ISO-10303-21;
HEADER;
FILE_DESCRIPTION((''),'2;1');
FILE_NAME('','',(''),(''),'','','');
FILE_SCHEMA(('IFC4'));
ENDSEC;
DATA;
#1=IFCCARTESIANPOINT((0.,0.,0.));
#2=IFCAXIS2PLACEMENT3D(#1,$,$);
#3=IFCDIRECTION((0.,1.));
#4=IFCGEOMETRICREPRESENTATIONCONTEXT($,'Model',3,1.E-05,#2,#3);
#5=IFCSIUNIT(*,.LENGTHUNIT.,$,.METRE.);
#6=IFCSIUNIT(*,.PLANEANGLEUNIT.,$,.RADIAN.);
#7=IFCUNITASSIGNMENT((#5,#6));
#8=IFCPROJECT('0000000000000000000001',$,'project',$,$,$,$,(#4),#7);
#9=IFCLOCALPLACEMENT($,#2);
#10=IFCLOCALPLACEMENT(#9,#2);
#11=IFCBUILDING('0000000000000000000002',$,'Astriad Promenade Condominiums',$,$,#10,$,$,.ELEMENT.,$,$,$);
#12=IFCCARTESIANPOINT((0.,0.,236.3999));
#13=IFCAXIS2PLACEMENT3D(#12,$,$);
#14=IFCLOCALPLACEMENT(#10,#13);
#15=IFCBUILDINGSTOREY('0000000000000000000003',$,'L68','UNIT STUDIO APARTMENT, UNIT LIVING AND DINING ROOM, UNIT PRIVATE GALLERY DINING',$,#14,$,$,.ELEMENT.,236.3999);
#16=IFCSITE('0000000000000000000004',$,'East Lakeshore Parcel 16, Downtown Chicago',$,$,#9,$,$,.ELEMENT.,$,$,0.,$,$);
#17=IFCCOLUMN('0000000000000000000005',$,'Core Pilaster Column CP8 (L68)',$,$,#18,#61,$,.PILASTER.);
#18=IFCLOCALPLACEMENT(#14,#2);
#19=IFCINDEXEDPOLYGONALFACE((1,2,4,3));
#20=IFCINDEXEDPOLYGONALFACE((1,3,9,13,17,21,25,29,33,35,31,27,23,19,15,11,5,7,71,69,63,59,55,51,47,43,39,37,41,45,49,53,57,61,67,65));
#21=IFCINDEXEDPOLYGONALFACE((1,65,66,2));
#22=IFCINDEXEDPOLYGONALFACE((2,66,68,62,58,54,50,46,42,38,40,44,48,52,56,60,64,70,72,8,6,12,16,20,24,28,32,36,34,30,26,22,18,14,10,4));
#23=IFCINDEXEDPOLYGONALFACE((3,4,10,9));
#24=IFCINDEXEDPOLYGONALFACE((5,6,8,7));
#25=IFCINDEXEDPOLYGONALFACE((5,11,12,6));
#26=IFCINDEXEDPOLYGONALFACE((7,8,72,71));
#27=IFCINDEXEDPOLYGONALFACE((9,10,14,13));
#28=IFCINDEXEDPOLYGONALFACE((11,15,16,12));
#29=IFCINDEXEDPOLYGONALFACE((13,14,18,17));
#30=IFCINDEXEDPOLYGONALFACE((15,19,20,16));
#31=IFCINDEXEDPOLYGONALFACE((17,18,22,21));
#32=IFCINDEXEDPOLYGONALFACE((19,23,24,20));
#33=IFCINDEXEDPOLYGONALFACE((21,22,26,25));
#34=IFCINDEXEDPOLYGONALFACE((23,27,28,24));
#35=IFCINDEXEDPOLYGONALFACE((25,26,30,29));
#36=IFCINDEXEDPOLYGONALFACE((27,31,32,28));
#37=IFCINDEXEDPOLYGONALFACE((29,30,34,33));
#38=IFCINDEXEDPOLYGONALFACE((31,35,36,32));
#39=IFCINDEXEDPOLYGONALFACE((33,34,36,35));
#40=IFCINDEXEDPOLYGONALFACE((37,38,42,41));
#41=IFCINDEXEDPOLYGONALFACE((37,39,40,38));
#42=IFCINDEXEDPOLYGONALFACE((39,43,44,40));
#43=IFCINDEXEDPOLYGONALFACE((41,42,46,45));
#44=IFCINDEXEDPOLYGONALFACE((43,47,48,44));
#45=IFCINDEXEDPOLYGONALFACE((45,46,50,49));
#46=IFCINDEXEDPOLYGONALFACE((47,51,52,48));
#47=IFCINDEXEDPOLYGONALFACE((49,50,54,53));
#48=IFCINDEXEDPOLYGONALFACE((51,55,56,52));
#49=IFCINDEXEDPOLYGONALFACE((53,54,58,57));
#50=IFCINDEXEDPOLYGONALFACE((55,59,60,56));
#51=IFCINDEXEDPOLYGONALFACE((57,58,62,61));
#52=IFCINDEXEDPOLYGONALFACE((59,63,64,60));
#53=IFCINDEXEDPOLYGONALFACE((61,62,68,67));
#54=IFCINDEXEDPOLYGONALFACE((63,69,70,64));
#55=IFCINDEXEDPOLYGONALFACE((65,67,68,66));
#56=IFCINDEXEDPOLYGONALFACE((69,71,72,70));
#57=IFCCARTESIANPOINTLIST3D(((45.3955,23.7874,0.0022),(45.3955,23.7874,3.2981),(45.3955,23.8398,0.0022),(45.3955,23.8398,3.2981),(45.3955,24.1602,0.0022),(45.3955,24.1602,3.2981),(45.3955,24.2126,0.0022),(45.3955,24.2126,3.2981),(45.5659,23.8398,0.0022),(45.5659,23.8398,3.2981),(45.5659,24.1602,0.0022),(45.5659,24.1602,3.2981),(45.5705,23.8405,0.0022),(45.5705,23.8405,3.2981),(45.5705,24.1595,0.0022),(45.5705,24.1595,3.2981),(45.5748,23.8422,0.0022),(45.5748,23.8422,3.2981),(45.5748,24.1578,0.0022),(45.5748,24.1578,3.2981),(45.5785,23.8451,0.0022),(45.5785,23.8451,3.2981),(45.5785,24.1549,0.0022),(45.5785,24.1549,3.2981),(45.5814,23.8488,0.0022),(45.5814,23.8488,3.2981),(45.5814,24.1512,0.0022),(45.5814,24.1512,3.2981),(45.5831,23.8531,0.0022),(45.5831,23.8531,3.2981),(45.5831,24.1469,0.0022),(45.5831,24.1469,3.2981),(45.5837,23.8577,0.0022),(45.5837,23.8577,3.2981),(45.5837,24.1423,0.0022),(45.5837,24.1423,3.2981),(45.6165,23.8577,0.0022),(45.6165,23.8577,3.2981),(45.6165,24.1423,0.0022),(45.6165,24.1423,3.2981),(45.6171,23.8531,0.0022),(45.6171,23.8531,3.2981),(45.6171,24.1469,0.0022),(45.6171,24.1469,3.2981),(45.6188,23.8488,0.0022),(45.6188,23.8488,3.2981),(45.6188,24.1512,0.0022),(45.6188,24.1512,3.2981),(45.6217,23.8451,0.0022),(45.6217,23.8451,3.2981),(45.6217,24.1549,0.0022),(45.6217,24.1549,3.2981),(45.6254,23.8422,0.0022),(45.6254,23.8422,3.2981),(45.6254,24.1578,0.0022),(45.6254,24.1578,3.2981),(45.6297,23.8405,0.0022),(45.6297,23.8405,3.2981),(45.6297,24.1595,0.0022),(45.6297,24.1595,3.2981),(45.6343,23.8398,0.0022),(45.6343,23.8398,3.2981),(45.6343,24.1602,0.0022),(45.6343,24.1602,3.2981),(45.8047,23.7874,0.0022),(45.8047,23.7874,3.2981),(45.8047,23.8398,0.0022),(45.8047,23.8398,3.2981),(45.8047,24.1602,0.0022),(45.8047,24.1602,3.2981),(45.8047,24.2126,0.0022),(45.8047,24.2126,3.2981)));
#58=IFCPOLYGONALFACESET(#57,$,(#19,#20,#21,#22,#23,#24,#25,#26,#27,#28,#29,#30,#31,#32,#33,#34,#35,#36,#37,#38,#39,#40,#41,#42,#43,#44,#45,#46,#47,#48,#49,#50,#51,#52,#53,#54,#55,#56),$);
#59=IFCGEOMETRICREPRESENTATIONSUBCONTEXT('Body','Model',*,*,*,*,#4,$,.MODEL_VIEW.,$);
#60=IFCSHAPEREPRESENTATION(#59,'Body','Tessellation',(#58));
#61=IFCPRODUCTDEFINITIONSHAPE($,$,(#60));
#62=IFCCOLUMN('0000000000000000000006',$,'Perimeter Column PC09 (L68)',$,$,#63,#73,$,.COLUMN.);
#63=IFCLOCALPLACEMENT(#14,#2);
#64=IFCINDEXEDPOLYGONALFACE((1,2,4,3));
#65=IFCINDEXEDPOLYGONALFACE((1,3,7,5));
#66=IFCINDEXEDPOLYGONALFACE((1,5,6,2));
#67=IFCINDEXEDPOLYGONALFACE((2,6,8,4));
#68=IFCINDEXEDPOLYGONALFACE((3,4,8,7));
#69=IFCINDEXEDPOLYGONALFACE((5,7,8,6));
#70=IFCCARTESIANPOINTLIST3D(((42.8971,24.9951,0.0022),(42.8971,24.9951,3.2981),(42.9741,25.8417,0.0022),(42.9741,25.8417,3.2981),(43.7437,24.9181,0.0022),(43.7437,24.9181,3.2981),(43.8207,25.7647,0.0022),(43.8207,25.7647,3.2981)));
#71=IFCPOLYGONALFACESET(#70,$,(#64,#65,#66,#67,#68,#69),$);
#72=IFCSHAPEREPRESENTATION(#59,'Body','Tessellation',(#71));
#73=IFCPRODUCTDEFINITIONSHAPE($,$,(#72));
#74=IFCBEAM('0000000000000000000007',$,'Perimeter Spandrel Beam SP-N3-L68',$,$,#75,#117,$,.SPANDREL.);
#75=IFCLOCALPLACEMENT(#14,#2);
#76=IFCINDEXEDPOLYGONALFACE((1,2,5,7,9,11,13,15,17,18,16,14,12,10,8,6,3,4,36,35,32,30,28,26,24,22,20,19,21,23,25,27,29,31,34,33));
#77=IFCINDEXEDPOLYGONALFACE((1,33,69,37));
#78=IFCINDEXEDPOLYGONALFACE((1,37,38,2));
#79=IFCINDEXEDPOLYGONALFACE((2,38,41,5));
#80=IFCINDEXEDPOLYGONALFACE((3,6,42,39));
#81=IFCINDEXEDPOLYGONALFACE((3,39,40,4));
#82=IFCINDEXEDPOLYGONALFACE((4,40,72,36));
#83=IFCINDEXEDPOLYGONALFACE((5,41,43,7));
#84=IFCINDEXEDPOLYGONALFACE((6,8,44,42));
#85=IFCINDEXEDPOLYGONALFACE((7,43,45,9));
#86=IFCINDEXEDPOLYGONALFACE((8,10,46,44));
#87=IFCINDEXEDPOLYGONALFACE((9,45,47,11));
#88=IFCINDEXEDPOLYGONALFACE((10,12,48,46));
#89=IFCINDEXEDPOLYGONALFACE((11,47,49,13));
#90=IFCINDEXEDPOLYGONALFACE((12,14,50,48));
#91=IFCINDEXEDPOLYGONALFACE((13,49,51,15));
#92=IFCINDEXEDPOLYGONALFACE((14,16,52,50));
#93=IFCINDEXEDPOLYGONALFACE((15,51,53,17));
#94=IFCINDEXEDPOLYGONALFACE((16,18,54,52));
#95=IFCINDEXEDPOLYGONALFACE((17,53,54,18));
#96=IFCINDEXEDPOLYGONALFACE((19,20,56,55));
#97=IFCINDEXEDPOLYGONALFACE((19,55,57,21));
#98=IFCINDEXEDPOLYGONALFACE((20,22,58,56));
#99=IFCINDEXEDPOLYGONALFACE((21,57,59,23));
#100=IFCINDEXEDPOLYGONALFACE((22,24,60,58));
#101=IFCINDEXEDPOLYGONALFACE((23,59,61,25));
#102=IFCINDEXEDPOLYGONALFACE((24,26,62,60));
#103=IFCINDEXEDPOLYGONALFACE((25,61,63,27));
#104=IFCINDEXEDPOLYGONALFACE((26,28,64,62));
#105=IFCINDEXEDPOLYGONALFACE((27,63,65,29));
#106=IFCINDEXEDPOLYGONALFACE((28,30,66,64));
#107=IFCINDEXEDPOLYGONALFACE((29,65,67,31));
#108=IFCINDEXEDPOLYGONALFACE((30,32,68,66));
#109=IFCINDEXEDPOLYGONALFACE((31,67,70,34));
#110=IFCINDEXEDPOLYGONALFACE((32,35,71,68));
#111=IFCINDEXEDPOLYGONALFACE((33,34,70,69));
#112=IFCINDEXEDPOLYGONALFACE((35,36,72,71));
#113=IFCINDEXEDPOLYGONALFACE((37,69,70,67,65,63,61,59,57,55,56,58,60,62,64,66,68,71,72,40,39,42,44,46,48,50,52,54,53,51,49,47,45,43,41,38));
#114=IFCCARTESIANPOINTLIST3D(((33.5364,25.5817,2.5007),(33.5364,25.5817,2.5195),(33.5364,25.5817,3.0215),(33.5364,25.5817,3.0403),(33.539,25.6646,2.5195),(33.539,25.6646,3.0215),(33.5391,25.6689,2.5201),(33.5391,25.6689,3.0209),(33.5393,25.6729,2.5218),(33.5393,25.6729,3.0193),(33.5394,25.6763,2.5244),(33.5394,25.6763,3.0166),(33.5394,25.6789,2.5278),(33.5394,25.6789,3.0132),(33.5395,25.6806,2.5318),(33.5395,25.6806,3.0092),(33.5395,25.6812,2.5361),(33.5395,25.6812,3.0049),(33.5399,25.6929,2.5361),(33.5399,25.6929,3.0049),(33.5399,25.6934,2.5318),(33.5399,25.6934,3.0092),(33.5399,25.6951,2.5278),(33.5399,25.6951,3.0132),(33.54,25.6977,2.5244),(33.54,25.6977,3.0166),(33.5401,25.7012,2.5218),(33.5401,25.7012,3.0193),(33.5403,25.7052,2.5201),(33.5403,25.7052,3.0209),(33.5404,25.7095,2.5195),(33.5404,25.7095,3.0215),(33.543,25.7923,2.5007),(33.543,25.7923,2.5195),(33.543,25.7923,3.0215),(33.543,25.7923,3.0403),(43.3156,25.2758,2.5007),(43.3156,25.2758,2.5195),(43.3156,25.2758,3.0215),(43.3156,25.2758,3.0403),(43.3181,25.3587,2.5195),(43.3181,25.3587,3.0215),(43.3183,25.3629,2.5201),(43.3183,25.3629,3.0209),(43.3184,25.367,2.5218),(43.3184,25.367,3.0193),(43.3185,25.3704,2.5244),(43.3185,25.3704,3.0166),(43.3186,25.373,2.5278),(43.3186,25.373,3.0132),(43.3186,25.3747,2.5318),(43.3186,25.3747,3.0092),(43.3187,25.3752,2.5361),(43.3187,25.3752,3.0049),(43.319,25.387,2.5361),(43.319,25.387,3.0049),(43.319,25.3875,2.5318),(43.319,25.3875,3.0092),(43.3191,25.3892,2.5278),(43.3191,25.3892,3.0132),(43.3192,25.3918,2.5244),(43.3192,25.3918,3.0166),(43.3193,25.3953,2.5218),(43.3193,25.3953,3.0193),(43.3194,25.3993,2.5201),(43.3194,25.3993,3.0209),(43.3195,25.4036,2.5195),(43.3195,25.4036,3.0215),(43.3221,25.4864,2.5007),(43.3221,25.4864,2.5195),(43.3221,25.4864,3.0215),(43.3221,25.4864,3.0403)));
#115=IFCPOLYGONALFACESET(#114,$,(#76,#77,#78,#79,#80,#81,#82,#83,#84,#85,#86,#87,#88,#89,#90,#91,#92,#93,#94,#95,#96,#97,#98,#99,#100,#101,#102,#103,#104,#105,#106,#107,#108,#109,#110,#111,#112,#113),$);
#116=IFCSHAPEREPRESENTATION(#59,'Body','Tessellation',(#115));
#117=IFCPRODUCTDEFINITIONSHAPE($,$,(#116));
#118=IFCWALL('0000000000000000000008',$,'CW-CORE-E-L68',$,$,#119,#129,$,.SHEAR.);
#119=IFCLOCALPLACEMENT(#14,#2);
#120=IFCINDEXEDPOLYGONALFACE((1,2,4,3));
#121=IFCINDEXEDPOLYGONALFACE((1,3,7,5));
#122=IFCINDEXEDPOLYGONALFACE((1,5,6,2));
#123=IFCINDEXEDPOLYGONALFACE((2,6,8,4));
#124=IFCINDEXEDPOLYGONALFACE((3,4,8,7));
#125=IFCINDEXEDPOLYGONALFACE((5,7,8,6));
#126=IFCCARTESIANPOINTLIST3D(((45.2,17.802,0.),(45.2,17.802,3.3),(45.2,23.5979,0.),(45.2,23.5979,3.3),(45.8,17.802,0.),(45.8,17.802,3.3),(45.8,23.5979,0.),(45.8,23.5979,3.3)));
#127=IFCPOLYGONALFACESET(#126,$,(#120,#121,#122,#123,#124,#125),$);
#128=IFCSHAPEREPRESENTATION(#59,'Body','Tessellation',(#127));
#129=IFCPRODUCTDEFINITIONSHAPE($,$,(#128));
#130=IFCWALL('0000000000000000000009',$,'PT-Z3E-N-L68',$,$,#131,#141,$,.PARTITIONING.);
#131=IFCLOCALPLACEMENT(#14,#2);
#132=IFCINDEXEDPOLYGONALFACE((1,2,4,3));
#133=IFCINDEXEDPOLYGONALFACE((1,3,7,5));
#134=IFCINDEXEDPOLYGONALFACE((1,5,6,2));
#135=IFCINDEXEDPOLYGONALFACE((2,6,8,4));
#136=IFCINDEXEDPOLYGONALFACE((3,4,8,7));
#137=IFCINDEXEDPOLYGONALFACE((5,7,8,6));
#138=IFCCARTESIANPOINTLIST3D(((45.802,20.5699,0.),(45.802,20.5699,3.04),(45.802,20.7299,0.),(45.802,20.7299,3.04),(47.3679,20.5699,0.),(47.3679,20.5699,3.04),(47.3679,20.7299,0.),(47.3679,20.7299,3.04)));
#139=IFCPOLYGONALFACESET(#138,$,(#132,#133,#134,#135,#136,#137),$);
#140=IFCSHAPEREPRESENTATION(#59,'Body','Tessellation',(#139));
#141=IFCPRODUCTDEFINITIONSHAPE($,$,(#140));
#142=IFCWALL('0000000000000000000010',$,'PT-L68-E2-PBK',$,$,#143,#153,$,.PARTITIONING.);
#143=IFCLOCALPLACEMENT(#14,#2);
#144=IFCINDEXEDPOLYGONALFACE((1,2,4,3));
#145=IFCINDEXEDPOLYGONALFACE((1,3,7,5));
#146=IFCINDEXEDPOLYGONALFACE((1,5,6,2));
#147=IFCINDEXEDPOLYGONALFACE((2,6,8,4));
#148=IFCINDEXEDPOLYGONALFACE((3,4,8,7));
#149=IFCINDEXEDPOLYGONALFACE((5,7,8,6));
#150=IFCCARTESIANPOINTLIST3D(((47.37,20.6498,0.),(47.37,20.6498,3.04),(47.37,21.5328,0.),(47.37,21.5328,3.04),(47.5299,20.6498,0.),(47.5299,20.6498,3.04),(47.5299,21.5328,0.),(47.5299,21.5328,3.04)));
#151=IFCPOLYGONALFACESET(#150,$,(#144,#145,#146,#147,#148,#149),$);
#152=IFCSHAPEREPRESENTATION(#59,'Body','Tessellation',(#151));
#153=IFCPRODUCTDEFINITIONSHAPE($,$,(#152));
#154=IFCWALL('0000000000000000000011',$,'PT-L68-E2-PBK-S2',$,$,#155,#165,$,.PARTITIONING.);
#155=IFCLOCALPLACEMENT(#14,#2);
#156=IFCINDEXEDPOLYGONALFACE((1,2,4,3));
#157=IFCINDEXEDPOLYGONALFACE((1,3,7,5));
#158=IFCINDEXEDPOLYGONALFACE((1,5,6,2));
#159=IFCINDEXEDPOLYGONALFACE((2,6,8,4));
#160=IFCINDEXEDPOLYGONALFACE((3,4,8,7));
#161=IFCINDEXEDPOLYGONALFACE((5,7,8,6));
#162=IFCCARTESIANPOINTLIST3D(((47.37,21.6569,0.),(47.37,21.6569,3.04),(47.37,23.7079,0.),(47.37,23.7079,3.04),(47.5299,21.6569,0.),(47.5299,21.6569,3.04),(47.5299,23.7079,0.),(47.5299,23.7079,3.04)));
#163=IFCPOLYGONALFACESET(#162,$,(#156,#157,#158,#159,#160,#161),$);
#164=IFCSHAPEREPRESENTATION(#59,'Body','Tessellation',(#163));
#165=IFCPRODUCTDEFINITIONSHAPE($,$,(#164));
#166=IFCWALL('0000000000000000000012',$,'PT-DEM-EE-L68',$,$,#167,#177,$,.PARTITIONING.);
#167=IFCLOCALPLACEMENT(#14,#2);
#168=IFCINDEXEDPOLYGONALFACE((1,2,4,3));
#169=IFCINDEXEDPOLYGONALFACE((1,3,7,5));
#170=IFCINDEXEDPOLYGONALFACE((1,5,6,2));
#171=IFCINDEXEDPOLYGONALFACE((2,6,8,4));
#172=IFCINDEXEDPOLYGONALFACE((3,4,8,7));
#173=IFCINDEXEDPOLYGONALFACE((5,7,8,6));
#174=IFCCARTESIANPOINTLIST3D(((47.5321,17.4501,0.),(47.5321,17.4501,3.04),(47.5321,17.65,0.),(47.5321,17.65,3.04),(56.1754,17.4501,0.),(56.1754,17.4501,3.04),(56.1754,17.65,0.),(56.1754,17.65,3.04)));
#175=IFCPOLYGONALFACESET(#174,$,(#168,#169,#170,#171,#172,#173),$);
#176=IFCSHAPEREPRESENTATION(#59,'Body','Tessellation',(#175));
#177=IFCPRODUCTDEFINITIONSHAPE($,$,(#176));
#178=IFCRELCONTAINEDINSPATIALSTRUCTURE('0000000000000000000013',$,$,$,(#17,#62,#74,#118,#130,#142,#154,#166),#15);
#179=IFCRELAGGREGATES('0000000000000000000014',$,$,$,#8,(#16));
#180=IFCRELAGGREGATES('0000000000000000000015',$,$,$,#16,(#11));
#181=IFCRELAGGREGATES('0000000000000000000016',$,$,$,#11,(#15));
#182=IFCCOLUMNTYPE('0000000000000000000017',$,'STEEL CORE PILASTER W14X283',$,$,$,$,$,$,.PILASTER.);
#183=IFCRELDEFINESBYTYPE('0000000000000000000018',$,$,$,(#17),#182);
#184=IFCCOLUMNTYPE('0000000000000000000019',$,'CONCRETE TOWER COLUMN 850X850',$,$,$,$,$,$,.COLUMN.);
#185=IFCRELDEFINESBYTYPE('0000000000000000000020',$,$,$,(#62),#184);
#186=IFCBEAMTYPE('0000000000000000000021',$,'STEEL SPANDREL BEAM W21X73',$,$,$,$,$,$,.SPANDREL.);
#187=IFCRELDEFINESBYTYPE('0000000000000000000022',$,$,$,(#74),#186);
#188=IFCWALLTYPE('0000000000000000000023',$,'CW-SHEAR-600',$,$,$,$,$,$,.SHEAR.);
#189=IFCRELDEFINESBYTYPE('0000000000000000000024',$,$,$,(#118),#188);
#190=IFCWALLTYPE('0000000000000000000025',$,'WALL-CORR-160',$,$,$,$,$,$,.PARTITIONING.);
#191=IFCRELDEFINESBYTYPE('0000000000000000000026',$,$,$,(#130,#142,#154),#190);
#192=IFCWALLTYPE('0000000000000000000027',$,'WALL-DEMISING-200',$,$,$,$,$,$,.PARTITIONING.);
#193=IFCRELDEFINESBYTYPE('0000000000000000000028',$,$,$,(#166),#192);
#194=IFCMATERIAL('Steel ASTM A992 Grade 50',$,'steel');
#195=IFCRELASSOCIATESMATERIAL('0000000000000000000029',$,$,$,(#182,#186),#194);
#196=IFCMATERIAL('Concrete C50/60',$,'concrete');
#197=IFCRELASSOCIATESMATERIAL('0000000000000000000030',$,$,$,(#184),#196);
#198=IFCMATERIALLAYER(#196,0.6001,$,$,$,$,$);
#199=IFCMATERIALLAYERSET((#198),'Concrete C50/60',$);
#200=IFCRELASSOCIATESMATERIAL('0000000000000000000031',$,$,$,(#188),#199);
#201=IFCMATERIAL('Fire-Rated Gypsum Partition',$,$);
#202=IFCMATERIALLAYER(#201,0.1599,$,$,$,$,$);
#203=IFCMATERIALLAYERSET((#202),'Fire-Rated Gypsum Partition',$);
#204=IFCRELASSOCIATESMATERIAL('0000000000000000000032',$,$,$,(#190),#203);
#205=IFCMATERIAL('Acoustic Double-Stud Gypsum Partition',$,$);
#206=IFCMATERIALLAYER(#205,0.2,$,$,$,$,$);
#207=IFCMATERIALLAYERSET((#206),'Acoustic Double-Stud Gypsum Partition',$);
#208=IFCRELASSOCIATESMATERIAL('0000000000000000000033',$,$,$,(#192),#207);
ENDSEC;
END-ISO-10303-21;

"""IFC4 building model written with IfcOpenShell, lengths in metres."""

from ifc_helpers import new_model, si_unit, direction, frame, frame_2d, origin, origin_2d, place, context, subcontext, project, spatial, rectangle, i_section, extrude, source, transform, mapped, material, layer, layer_set, material_profile, profile_set, type_object, type_shapes, element, save


model = new_model("IFC4")

# Units and contexts
model_context = context("Model", 3, precision=1e-05, world=origin(), true_north=direction((0.0, 1.0)))
body_context = subcontext(model_context, "Body", "Model", "MODEL_VIEW")
ifc_project = project(units=[si_unit("LENGTHUNIT", "METRE"), si_unit("PLANEANGLEUNIT", "RADIAN")], contexts=[model_context])

# Site, building, storey
site_placement = place(None, origin())
site = spatial("IfcSite", under=ifc_project, at=site_placement, Name="East Lakeshore Parcel 16, Downtown Chicago", CompositionType="ELEMENT", RefElevation=0.0)
building_placement = place(site_placement, origin())
building = spatial("IfcBuilding", under=site, at=building_placement, Name="Astriad Promenade Condominiums", CompositionType="ELEMENT")
storey_placement = place(building_placement, frame((0.0, 0.0, 236.3999)))
storey = spatial("IfcBuildingStorey", under=building, at=storey_placement, Name="L68", Description="UNIT STUDIO APARTMENT, UNIT LIVING AND DINING ROOM, UNIT PRIVATE GALLERY DINING", CompositionType="ELEMENT", Elevation=236.3999)

# Columns
ifc_material_1 = material(Name="Steel ASTM A992 Grade 50", Category="steel")
ifc_material_profile_1 = material_profile(ifc_material_1, i_section(OverallWidth=0.4092, OverallDepth=0.4253, WebThickness=0.0327, FlangeThickness=0.0525, FilletRadius=0.0178, at=origin_2d()), Name="W14X283")
ifc_profile_set_1 = profile_set([ifc_material_profile_1], Name="Steel ASTM A992 Grade 50")
column_type_1 = type_object("IfcColumnType", Name="STEEL CORE PILASTER W14X283", PredefinedType="PILASTER", material=ifc_profile_set_1)
shared_shape_1 = source(origin(), body_context, "Body", "SweptSolid", [
    extrude(i_section(OverallWidth=0.4092, OverallDepth=0.4253, WebThickness=0.0327, FlangeThickness=0.0525, FilletRadius=0.0178, at=origin_2d()), origin(), (0.0, 0.0, 1.0), 3.2959),
])
type_shapes(column_type_1, [shared_shape_1])
column_1_placement = place(storey_placement, frame((45.6001, 24.0, 0.0022), z_axis=(0.0, 0.0, 1.0), x_axis=(1.0, 0.0, 0.0)))
element("IfcColumn", 1, at=column_1_placement, inside=storey, type_object=column_type_1, Name="Core Pilaster Column CP8 (L68)", PredefinedType="PILASTER", context=body_context, shape_type="MappedRepresentation", body=[
    mapped(shared_shape_1, transform((0.0, 0.0, 0.0), scale=1.0)),
])
ifc_material_2 = material(Name="Concrete C50/60", Category="concrete")
ifc_material_profile_2 = material_profile(ifc_material_2, rectangle(XDim=0.8501, YDim=0.8501, at=origin_2d()), Name="RC-COL-850X850")
ifc_profile_set_2 = profile_set([ifc_material_profile_2], Name="Concrete C50/60")
column_type_2 = type_object("IfcColumnType", Name="CONCRETE TOWER COLUMN 850X850", PredefinedType="COLUMN", material=ifc_profile_set_2)
shared_shape_2 = source(origin(), body_context, "Body", "SweptSolid", [
    extrude(rectangle(XDim=0.8501, YDim=0.8501, at=origin_2d()), origin(), (0.0, 0.0, 1.0), 3.2959),
])
type_shapes(column_type_2, [shared_shape_2])
column_2_placement = place(storey_placement, frame((43.3589, 25.3799, 0.0022), z_axis=(0.0, 0.0, 1.0), x_axis=(0.995884, -0.090633, 0.0)))
element("IfcColumn", 2, at=column_2_placement, inside=storey, type_object=column_type_2, Name="Perimeter Column PC09 (L68)", PredefinedType="COLUMN", context=body_context, shape_type="MappedRepresentation", body=[
    mapped(shared_shape_2, transform((0.0, 0.0, 0.0), scale=1.0)),
])

# Beam
ifc_material_profile_3 = material_profile(ifc_material_1, i_section(OverallWidth=0.2107, OverallDepth=0.5396, WebThickness=0.0117, FlangeThickness=0.0188, FilletRadius=0.0166, at=origin_2d()), Name="W21X73")
ifc_profile_set_3 = profile_set([ifc_material_profile_3], Name="Steel ASTM A992 Grade 50")
beam_type = type_object("IfcBeamType", Name="STEEL SPANDREL BEAM W21X73", PredefinedType="SPANDREL", material=ifc_profile_set_3)
shared_shape_3 = source(origin(), body_context, "Body", "SweptSolid", [
    extrude(i_section(OverallWidth=0.2107, OverallDepth=0.5396, WebThickness=0.0117, FlangeThickness=0.0188, FilletRadius=0.0166, at=origin_2d()), origin(), (0.0, 0.0, 1.0), 9.7839),
])
type_shapes(beam_type, [shared_shape_3])
beam_placement = place(storey_placement, frame((43.3188, 25.3811, 2.7705), z_axis=(-0.999511, 0.031267, 0.0), x_axis=(-0.031267, -0.999511, 0.0)))
element("IfcBeam", 3, at=beam_placement, inside=storey, type_object=beam_type, Name="Perimeter Spandrel Beam SP-N3-L68", PredefinedType="SPANDREL", context=body_context, shape_type="MappedRepresentation", body=[
    mapped(shared_shape_3, transform((0.0, 0.0, 0.0), scale=1.0)),
])

# Walls
ifc_layer_1 = layer(ifc_material_2, 0.6001)
ifc_layer_set_1 = layer_set([ifc_layer_1], Name="Concrete C50/60")
wall_type_1 = type_object("IfcWallType", Name="CW-SHEAR-600", PredefinedType="SHEAR", material=ifc_layer_set_1)
wall_1_placement = place(storey_placement, frame((45.5, 17.802, 0.0), z_axis=(0.0, 0.0, 1.0), x_axis=(0.0, 1.0, 0.0)))
element("IfcWall", 4, at=wall_1_placement, inside=storey, type_object=wall_type_1, Name="CW-CORE-E-L68", PredefinedType="SHEAR", context=body_context, shape_type="SweptSolid", body=[
    extrude(rectangle(XDim=5.7959, YDim=0.6001, at=frame_2d((2.8979, 0.0))), origin(), (0.0, 0.0, 1.0), 3.3),
])
ifc_material_3 = material(Name="Fire-Rated Gypsum Partition")
ifc_layer_2 = layer(ifc_material_3, 0.1599)
ifc_layer_set_2 = layer_set([ifc_layer_2], Name="Fire-Rated Gypsum Partition")
wall_type_2 = type_object("IfcWallType", Name="WALL-CORR-160", PredefinedType="PARTITIONING", material=ifc_layer_set_2)
wall_2_placement = place(storey_placement, frame((45.802, 20.6499, 0.0), z_axis=(0.0, 0.0, 1.0), x_axis=(1.0, 0.0, 0.0)))
element("IfcWall", 5, at=wall_2_placement, inside=storey, type_object=wall_type_2, Name="PT-Z3E-N-L68", PredefinedType="PARTITIONING", context=body_context, shape_type="SweptSolid", body=[
    extrude(rectangle(XDim=1.5659, YDim=0.1599, at=frame_2d((0.783, 0.0))), origin(), (0.0, 0.0, 1.0), 3.04),
])
wall_3_placement = place(storey_placement, frame((47.45, 20.6499, 0.0), z_axis=(0.0, 0.0, 1.0), x_axis=(0.0, 1.0, 0.0)))
element("IfcWall", 6, at=wall_3_placement, inside=storey, type_object=wall_type_2, Name="PT-L68-E2-PBK", PredefinedType="PARTITIONING", context=body_context, shape_type="SweptSolid", body=[
    extrude(rectangle(XDim=0.8831, YDim=0.1599, at=frame_2d((0.4414, 0.0))), origin(), (0.0, 0.0, 1.0), 3.04),
])
wall_4_placement = place(storey_placement, frame((47.45, 21.657, 0.0), z_axis=(0.0, 0.0, 1.0), x_axis=(0.0, 1.0, 0.0)))
element("IfcWall", 7, at=wall_4_placement, inside=storey, type_object=wall_type_2, Name="PT-L68-E2-PBK-S2", PredefinedType="PARTITIONING", context=body_context, shape_type="SweptSolid", body=[
    extrude(rectangle(XDim=2.051, YDim=0.1599, at=frame_2d((1.0254, 0.0))), origin(), (0.0, 0.0, 1.0), 3.04),
])
ifc_material_4 = material(Name="Acoustic Double-Stud Gypsum Partition")
ifc_layer_3 = layer(ifc_material_4, 0.2)
ifc_layer_set_3 = layer_set([ifc_layer_3], Name="Acoustic Double-Stud Gypsum Partition")
wall_type_3 = type_object("IfcWallType", Name="WALL-DEMISING-200", PredefinedType="PARTITIONING", material=ifc_layer_set_3)
wall_5_placement = place(storey_placement, frame((47.532, 17.55, 0.0), z_axis=(0.0, 0.0, 1.0), x_axis=(1.0, 0.0, 0.0)))
element("IfcWall", 8, at=wall_5_placement, inside=storey, type_object=wall_type_3, Name="PT-DEM-EE-L68", PredefinedType="PARTITIONING", context=body_context, shape_type="SweptSolid", body=[
    extrude(rectangle(XDim=8.6433, YDim=0.2, at=frame_2d((4.3218, 0.0))), origin(), (0.0, 0.0, 1.0), 3.04),
])

save(model, "model.ifc")
